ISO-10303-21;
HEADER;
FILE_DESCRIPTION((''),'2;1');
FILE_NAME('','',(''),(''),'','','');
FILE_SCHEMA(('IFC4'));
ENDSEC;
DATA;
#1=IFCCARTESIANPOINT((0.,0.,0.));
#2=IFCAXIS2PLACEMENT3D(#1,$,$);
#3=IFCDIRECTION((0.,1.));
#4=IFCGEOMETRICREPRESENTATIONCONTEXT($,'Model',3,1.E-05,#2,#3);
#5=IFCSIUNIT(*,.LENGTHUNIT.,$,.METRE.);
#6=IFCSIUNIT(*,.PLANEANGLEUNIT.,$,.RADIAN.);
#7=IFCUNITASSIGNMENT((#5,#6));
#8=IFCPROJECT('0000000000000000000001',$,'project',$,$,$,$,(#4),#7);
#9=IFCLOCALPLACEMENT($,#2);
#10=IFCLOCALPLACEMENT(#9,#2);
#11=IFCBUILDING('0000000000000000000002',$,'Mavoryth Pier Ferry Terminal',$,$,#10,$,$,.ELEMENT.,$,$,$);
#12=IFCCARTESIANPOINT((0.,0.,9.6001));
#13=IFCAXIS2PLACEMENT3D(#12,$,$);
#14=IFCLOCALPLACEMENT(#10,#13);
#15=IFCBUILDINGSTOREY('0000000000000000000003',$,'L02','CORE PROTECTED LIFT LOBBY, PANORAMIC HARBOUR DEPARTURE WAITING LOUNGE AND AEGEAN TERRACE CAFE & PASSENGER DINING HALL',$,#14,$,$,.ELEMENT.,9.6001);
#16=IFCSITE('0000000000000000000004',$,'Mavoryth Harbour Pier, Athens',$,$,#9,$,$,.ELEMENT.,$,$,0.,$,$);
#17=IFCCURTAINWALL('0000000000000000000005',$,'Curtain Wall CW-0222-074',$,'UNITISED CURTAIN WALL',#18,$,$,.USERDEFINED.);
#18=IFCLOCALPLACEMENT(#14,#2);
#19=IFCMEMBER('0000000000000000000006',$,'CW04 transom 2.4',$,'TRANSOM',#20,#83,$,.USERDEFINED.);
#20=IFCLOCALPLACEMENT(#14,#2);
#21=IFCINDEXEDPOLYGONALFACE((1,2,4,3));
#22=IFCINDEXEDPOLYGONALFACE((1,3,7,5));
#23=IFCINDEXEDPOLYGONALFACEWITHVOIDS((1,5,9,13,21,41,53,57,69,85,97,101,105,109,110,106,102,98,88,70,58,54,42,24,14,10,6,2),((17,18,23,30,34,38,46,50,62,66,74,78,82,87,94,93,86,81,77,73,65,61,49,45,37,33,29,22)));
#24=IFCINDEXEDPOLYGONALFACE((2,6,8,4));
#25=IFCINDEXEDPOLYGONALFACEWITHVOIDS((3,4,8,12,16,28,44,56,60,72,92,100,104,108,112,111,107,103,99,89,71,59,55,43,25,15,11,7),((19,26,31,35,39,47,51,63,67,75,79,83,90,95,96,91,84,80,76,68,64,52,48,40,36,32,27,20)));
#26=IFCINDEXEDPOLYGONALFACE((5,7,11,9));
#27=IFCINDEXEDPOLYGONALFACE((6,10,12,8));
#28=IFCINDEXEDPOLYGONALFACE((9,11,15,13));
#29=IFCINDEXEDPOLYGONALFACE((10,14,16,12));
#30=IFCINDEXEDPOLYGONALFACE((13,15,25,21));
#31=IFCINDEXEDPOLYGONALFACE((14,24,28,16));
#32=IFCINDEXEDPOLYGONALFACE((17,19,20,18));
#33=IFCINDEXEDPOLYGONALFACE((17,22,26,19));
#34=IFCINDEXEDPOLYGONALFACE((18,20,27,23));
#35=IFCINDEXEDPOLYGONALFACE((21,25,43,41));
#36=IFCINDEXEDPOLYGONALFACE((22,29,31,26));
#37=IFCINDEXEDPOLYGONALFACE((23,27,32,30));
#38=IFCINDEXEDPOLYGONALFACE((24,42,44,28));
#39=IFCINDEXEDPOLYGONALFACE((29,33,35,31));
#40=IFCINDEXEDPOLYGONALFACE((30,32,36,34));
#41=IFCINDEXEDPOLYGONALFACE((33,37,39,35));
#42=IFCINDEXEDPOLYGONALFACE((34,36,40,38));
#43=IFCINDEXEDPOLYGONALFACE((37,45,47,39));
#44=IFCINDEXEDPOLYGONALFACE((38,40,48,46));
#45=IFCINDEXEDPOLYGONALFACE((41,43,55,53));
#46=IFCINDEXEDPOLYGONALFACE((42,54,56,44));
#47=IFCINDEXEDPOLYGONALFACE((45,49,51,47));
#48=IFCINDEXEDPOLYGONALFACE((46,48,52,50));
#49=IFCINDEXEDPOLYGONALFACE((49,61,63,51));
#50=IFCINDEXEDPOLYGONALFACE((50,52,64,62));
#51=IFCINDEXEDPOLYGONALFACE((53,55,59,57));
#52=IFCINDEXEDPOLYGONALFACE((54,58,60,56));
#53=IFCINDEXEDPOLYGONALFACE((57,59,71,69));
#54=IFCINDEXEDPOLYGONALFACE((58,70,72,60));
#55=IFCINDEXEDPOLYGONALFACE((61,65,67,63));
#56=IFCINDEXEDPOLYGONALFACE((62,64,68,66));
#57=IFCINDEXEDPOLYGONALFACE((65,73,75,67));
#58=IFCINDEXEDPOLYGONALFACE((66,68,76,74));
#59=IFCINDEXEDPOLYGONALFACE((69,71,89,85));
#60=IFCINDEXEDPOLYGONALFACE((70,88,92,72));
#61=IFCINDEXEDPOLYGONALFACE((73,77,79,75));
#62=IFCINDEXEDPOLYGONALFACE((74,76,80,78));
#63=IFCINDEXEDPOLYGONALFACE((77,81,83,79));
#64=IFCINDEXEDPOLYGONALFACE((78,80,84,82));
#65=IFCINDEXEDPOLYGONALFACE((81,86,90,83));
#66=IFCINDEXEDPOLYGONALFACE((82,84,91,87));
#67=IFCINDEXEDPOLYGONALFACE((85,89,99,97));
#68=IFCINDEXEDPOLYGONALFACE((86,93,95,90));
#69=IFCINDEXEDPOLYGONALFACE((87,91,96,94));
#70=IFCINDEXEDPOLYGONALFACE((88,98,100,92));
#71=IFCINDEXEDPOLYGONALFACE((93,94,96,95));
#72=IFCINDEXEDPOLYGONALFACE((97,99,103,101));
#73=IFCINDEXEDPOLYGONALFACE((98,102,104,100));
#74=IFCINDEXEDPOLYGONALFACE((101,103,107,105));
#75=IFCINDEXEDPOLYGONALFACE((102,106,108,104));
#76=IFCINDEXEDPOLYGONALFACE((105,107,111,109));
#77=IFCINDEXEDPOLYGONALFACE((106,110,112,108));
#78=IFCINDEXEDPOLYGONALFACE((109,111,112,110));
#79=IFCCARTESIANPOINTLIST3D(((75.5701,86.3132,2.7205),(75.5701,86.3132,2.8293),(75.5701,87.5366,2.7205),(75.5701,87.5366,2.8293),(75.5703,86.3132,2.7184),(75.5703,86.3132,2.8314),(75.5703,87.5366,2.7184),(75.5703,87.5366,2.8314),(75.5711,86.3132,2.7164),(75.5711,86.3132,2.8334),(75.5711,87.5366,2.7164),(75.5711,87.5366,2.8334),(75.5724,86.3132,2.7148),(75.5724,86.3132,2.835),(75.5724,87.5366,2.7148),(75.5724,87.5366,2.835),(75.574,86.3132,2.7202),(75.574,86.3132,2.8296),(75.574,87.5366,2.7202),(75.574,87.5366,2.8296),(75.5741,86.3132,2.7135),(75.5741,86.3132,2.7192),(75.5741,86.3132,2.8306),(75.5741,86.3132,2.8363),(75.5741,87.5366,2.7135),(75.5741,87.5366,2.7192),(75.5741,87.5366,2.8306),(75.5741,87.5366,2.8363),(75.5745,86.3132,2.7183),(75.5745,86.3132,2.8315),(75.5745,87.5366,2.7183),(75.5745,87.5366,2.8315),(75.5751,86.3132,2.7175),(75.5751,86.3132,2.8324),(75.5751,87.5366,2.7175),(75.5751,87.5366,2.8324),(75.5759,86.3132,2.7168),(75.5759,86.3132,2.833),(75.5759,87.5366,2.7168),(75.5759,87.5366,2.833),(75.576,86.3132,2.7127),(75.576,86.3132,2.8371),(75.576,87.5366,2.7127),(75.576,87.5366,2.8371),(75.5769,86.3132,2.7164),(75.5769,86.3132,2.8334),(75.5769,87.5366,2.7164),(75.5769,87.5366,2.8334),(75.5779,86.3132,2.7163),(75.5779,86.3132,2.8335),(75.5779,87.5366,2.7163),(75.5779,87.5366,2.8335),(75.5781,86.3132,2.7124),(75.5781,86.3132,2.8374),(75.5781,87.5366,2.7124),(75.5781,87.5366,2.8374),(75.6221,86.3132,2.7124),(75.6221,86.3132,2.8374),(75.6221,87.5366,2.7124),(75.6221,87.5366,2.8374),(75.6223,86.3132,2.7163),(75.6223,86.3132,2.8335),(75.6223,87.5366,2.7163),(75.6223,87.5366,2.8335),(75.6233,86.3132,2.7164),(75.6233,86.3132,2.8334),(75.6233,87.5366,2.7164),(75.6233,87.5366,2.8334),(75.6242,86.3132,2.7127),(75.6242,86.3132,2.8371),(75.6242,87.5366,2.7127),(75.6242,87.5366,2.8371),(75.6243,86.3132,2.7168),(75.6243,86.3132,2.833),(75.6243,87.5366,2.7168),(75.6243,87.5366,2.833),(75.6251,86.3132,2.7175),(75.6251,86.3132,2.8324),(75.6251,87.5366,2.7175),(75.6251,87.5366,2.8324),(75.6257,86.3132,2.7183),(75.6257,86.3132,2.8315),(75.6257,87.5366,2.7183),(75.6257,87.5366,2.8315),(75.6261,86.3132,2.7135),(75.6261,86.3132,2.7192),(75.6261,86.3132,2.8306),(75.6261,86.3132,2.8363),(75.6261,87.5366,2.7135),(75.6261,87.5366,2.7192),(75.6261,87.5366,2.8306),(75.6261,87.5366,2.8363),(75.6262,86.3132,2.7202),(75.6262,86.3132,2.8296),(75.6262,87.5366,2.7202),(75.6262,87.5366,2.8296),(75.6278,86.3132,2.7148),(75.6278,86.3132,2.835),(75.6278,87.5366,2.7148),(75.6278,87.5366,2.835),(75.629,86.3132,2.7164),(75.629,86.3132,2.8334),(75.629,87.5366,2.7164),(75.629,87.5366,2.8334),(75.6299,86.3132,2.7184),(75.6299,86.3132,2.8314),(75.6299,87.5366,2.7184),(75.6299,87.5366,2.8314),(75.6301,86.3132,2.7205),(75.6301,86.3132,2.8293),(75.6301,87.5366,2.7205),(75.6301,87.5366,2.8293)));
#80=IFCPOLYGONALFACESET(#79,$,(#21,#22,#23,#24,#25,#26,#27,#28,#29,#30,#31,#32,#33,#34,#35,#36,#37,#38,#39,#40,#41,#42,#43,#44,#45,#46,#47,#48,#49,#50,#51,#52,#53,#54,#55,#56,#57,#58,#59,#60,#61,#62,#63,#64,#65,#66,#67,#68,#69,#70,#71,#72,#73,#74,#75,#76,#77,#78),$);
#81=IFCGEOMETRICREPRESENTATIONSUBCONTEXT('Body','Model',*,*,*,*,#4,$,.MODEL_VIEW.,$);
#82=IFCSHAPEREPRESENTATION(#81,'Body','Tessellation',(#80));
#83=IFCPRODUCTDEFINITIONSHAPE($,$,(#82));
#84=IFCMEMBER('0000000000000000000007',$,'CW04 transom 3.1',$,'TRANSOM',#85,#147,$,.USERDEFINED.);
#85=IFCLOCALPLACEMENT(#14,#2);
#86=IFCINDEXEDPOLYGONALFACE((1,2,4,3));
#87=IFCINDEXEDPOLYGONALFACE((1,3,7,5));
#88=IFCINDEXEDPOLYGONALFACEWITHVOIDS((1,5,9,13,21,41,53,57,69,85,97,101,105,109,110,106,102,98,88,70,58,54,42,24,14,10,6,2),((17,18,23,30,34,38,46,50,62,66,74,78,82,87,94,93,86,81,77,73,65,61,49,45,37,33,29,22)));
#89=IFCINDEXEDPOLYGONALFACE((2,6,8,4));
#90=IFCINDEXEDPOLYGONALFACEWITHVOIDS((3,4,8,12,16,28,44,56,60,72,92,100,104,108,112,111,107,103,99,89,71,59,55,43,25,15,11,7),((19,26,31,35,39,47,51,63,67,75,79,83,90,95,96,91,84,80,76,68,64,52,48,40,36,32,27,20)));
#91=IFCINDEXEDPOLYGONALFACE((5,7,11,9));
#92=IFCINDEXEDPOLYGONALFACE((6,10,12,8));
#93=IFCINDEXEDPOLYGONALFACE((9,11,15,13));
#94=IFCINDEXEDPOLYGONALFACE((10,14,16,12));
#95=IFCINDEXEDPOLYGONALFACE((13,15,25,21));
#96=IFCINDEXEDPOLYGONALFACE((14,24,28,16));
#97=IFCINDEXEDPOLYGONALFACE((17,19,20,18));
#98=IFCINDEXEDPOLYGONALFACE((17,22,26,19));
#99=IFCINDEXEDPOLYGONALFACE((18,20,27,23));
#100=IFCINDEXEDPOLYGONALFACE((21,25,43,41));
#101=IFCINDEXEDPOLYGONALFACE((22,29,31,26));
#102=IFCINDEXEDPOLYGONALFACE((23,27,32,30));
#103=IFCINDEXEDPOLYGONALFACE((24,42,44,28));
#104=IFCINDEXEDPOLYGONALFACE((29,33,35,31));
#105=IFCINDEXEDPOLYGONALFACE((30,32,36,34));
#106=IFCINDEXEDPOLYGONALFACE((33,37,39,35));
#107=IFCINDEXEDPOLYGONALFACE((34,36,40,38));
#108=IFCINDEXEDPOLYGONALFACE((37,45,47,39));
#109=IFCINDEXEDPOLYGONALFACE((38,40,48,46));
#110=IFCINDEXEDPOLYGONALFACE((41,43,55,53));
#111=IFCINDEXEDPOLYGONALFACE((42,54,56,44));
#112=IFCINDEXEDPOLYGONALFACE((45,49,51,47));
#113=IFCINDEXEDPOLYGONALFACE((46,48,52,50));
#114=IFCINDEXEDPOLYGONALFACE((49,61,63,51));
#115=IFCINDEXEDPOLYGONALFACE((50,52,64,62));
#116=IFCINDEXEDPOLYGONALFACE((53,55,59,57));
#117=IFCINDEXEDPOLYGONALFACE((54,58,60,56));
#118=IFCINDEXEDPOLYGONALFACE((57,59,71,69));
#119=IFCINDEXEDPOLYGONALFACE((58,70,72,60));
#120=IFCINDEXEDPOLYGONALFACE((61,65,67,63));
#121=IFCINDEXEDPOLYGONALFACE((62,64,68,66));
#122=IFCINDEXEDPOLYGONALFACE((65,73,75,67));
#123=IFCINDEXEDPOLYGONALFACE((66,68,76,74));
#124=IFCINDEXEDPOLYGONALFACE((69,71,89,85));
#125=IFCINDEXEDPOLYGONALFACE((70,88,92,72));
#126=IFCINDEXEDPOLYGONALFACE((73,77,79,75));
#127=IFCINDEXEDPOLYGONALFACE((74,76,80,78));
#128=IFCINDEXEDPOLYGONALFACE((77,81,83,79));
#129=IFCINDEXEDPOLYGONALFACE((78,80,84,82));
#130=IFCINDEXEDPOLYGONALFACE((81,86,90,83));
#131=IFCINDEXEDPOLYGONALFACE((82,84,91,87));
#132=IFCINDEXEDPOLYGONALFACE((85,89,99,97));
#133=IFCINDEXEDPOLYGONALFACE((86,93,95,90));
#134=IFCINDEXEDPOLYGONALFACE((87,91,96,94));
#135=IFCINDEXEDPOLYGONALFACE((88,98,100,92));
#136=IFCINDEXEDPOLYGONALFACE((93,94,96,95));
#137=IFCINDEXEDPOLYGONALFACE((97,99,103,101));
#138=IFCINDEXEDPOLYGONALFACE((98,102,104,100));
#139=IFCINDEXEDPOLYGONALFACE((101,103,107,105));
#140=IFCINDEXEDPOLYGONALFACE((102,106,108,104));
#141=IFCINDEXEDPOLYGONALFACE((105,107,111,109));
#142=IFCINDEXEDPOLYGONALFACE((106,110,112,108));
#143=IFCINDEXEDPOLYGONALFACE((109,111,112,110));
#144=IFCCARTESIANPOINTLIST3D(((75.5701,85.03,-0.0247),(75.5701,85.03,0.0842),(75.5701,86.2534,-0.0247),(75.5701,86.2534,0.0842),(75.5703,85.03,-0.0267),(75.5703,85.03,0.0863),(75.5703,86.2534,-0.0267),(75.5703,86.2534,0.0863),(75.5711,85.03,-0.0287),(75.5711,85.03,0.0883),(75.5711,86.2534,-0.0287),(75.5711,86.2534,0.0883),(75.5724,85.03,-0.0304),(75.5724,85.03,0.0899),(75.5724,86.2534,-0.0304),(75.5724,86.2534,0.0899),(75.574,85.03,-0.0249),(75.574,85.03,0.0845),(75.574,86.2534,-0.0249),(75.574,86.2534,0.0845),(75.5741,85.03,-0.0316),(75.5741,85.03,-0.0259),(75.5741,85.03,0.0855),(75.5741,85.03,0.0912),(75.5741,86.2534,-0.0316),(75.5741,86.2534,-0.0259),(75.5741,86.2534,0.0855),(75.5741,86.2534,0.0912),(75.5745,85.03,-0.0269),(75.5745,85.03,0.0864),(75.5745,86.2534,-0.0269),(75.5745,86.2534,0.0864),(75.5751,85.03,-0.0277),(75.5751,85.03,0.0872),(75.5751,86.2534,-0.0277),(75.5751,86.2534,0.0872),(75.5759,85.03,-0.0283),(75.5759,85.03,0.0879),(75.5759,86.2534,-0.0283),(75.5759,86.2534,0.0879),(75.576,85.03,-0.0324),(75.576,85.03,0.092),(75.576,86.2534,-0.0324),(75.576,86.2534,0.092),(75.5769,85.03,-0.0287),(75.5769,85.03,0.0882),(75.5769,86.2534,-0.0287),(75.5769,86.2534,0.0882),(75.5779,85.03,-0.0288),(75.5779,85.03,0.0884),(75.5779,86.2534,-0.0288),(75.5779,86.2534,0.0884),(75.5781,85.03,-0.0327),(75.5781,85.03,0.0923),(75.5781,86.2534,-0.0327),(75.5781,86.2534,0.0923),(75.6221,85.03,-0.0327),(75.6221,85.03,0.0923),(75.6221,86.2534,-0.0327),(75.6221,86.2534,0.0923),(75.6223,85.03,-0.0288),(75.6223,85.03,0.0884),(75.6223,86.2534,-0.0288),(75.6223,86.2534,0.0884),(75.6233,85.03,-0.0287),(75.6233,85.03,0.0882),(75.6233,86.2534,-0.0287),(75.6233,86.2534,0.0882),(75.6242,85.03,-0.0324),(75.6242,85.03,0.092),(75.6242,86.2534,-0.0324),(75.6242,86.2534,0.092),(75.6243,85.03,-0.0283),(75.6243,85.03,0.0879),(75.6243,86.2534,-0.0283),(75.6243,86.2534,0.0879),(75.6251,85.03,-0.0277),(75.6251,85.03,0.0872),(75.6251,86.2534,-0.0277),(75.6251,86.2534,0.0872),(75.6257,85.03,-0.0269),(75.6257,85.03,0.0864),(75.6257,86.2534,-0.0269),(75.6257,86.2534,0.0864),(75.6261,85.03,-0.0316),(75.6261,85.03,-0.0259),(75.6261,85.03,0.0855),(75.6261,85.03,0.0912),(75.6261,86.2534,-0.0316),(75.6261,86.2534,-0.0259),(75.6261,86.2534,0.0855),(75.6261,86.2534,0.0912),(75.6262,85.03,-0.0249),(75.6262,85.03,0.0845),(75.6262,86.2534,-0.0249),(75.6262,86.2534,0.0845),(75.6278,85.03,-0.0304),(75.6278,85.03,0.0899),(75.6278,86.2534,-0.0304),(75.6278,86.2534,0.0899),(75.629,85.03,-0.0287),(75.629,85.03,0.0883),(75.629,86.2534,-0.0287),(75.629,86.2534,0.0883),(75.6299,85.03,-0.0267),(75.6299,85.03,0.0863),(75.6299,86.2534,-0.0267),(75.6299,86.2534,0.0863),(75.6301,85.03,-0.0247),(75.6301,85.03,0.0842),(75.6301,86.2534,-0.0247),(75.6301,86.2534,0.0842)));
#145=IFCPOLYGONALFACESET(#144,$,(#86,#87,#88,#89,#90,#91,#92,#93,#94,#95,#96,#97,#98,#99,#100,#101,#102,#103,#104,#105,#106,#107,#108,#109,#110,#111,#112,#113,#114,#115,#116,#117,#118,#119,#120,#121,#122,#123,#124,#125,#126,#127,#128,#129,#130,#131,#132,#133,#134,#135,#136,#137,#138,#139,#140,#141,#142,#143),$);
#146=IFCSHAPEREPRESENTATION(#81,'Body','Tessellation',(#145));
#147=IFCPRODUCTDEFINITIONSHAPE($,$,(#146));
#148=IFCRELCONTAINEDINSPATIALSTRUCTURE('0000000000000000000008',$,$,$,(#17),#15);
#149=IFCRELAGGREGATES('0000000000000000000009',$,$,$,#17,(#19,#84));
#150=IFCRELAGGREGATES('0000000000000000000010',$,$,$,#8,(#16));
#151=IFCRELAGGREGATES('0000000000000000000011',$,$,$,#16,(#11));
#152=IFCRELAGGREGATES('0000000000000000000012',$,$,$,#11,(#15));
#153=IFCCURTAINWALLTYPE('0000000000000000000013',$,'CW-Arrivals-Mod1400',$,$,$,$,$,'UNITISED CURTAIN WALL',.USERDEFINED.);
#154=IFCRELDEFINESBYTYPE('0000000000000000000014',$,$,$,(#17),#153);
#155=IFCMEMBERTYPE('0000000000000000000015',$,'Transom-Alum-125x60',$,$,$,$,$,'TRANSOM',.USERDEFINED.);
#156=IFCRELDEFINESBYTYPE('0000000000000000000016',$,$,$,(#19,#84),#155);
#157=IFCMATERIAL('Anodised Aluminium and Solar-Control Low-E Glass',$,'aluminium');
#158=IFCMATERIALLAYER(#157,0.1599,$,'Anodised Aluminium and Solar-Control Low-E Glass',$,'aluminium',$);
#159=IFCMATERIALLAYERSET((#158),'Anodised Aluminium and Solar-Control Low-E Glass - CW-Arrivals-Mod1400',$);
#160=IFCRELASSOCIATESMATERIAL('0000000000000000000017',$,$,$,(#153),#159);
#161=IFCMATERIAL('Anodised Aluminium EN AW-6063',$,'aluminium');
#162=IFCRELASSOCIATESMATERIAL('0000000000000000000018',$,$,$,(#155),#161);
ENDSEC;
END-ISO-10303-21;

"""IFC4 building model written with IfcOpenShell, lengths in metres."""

from ifc_helpers import new_model, si_unit, direction, frame, origin, origin_2d, place, context, subcontext, project, spatial, hollow_rectangle, extrude, material, layer, layer_set, material_profile, profile_set, type_object, element, aggregate, save


model = new_model("IFC4")

# Units and contexts
model_context = context("Model", 3, precision=1e-05, world=origin(), true_north=direction((0.0, 1.0)))
body_context = subcontext(model_context, "Body", "Model", "MODEL_VIEW")
ifc_project = project(units=[si_unit("LENGTHUNIT", "METRE"), si_unit("PLANEANGLEUNIT", "RADIAN")], contexts=[model_context])

# Site, building, storey
site_placement = place(None, origin())
site = spatial("IfcSite", under=ifc_project, at=site_placement, Name="Mavoryth Harbour Pier, Athens", CompositionType="ELEMENT", RefElevation=0.0)
building_placement = place(site_placement, origin())
building = spatial("IfcBuilding", under=site, at=building_placement, Name="Mavoryth Pier Ferry Terminal", CompositionType="ELEMENT")
storey_placement = place(building_placement, frame((0.0, 0.0, 9.6001)))
storey = spatial("IfcBuildingStorey", under=building, at=storey_placement, Name="L02", Description="CORE PROTECTED LIFT LOBBY, PANORAMIC HARBOUR DEPARTURE WAITING LOUNGE AND AEGEAN TERRACE CAFE & PASSENGER DINING HALL", CompositionType="ELEMENT", Elevation=9.6001)

# Curtain wall, members
ifc_material_1 = material(Name="Anodised Aluminium and Solar-Control Low-E Glass", Category="aluminium")
ifc_layer_1 = layer(ifc_material_1, 0.1599, Name="Anodised Aluminium and Solar-Control Low-E Glass", Category="aluminium")
ifc_layer_set_1 = layer_set([ifc_layer_1], Name="Anodised Aluminium and Solar-Control Low-E Glass - CW-Arrivals-Mod1400")
curtain_wall_type = type_object("IfcCurtainWallType", Name="CW-Arrivals-Mod1400", ElementType="UNITISED CURTAIN WALL", PredefinedType="USERDEFINED", material=ifc_layer_set_1)
curtain_wall_placement = place(storey_placement, origin())
curtain_wall = element("IfcCurtainWall", 1, at=curtain_wall_placement, inside=storey, type_object=curtain_wall_type, Name="Curtain Wall CW-0222-074", ObjectType="UNITISED CURTAIN WALL", PredefinedType="USERDEFINED")
ifc_material_2 = material(Name="Anodised Aluminium EN AW-6063", Category="aluminium")
ifc_material_profile_1 = material_profile(ifc_material_2, hollow_rectangle(XDim=0.0601, YDim=0.125, WallThickness=0.0039, InnerFilletRadius=0.0039, OuterFilletRadius=0.0081, at=origin_2d()), Name="AL-TRAN 125x60x4", Category="aluminium")
ifc_profile_set_1 = profile_set([ifc_material_profile_1], Name="Anodised Aluminium EN AW-6063 - AL-TRAN 125x60x4")
member_type_1 = type_object("IfcMemberType", Name="Transom-Alum-125x60", ElementType="TRANSOM", PredefinedType="USERDEFINED", material=ifc_profile_set_1)
member_1_placement = place(storey_placement, frame((75.6001, 87.5366, 2.7749), z_axis=(0.0, -1.0, 0.0), x_axis=(1.0, 0.0, 0.0)))
member_1 = element("IfcMember", 2, at=member_1_placement, type_object=member_type_1, Name="CW04 transom 2.4", ObjectType="TRANSOM", PredefinedType="USERDEFINED", context=body_context, shape_type="SweptSolid", body=[
    extrude(hollow_rectangle(XDim=0.0601, YDim=0.125, WallThickness=0.0039, InnerFilletRadius=0.0039, OuterFilletRadius=0.0081, at=origin_2d()), origin(), (0.0, 0.0, 1.0), 1.2234),
])
member_2_placement = place(storey_placement, frame((75.6001, 86.2534, 0.0298), z_axis=(0.0, -1.0, 0.0), x_axis=(1.0, 0.0, 0.0)))
member_2 = element("IfcMember", 3, at=member_2_placement, type_object=member_type_1, Name="CW04 transom 3.1", ObjectType="TRANSOM", PredefinedType="USERDEFINED", context=body_context, shape_type="SweptSolid", body=[
    extrude(hollow_rectangle(XDim=0.0601, YDim=0.125, WallThickness=0.0039, InnerFilletRadius=0.0039, OuterFilletRadius=0.0081, at=origin_2d()), origin(), (0.0, 0.0, 1.0), 1.2234),
])
aggregate(curtain_wall, [member_1, member_2])

save(model, "model.ifc")
